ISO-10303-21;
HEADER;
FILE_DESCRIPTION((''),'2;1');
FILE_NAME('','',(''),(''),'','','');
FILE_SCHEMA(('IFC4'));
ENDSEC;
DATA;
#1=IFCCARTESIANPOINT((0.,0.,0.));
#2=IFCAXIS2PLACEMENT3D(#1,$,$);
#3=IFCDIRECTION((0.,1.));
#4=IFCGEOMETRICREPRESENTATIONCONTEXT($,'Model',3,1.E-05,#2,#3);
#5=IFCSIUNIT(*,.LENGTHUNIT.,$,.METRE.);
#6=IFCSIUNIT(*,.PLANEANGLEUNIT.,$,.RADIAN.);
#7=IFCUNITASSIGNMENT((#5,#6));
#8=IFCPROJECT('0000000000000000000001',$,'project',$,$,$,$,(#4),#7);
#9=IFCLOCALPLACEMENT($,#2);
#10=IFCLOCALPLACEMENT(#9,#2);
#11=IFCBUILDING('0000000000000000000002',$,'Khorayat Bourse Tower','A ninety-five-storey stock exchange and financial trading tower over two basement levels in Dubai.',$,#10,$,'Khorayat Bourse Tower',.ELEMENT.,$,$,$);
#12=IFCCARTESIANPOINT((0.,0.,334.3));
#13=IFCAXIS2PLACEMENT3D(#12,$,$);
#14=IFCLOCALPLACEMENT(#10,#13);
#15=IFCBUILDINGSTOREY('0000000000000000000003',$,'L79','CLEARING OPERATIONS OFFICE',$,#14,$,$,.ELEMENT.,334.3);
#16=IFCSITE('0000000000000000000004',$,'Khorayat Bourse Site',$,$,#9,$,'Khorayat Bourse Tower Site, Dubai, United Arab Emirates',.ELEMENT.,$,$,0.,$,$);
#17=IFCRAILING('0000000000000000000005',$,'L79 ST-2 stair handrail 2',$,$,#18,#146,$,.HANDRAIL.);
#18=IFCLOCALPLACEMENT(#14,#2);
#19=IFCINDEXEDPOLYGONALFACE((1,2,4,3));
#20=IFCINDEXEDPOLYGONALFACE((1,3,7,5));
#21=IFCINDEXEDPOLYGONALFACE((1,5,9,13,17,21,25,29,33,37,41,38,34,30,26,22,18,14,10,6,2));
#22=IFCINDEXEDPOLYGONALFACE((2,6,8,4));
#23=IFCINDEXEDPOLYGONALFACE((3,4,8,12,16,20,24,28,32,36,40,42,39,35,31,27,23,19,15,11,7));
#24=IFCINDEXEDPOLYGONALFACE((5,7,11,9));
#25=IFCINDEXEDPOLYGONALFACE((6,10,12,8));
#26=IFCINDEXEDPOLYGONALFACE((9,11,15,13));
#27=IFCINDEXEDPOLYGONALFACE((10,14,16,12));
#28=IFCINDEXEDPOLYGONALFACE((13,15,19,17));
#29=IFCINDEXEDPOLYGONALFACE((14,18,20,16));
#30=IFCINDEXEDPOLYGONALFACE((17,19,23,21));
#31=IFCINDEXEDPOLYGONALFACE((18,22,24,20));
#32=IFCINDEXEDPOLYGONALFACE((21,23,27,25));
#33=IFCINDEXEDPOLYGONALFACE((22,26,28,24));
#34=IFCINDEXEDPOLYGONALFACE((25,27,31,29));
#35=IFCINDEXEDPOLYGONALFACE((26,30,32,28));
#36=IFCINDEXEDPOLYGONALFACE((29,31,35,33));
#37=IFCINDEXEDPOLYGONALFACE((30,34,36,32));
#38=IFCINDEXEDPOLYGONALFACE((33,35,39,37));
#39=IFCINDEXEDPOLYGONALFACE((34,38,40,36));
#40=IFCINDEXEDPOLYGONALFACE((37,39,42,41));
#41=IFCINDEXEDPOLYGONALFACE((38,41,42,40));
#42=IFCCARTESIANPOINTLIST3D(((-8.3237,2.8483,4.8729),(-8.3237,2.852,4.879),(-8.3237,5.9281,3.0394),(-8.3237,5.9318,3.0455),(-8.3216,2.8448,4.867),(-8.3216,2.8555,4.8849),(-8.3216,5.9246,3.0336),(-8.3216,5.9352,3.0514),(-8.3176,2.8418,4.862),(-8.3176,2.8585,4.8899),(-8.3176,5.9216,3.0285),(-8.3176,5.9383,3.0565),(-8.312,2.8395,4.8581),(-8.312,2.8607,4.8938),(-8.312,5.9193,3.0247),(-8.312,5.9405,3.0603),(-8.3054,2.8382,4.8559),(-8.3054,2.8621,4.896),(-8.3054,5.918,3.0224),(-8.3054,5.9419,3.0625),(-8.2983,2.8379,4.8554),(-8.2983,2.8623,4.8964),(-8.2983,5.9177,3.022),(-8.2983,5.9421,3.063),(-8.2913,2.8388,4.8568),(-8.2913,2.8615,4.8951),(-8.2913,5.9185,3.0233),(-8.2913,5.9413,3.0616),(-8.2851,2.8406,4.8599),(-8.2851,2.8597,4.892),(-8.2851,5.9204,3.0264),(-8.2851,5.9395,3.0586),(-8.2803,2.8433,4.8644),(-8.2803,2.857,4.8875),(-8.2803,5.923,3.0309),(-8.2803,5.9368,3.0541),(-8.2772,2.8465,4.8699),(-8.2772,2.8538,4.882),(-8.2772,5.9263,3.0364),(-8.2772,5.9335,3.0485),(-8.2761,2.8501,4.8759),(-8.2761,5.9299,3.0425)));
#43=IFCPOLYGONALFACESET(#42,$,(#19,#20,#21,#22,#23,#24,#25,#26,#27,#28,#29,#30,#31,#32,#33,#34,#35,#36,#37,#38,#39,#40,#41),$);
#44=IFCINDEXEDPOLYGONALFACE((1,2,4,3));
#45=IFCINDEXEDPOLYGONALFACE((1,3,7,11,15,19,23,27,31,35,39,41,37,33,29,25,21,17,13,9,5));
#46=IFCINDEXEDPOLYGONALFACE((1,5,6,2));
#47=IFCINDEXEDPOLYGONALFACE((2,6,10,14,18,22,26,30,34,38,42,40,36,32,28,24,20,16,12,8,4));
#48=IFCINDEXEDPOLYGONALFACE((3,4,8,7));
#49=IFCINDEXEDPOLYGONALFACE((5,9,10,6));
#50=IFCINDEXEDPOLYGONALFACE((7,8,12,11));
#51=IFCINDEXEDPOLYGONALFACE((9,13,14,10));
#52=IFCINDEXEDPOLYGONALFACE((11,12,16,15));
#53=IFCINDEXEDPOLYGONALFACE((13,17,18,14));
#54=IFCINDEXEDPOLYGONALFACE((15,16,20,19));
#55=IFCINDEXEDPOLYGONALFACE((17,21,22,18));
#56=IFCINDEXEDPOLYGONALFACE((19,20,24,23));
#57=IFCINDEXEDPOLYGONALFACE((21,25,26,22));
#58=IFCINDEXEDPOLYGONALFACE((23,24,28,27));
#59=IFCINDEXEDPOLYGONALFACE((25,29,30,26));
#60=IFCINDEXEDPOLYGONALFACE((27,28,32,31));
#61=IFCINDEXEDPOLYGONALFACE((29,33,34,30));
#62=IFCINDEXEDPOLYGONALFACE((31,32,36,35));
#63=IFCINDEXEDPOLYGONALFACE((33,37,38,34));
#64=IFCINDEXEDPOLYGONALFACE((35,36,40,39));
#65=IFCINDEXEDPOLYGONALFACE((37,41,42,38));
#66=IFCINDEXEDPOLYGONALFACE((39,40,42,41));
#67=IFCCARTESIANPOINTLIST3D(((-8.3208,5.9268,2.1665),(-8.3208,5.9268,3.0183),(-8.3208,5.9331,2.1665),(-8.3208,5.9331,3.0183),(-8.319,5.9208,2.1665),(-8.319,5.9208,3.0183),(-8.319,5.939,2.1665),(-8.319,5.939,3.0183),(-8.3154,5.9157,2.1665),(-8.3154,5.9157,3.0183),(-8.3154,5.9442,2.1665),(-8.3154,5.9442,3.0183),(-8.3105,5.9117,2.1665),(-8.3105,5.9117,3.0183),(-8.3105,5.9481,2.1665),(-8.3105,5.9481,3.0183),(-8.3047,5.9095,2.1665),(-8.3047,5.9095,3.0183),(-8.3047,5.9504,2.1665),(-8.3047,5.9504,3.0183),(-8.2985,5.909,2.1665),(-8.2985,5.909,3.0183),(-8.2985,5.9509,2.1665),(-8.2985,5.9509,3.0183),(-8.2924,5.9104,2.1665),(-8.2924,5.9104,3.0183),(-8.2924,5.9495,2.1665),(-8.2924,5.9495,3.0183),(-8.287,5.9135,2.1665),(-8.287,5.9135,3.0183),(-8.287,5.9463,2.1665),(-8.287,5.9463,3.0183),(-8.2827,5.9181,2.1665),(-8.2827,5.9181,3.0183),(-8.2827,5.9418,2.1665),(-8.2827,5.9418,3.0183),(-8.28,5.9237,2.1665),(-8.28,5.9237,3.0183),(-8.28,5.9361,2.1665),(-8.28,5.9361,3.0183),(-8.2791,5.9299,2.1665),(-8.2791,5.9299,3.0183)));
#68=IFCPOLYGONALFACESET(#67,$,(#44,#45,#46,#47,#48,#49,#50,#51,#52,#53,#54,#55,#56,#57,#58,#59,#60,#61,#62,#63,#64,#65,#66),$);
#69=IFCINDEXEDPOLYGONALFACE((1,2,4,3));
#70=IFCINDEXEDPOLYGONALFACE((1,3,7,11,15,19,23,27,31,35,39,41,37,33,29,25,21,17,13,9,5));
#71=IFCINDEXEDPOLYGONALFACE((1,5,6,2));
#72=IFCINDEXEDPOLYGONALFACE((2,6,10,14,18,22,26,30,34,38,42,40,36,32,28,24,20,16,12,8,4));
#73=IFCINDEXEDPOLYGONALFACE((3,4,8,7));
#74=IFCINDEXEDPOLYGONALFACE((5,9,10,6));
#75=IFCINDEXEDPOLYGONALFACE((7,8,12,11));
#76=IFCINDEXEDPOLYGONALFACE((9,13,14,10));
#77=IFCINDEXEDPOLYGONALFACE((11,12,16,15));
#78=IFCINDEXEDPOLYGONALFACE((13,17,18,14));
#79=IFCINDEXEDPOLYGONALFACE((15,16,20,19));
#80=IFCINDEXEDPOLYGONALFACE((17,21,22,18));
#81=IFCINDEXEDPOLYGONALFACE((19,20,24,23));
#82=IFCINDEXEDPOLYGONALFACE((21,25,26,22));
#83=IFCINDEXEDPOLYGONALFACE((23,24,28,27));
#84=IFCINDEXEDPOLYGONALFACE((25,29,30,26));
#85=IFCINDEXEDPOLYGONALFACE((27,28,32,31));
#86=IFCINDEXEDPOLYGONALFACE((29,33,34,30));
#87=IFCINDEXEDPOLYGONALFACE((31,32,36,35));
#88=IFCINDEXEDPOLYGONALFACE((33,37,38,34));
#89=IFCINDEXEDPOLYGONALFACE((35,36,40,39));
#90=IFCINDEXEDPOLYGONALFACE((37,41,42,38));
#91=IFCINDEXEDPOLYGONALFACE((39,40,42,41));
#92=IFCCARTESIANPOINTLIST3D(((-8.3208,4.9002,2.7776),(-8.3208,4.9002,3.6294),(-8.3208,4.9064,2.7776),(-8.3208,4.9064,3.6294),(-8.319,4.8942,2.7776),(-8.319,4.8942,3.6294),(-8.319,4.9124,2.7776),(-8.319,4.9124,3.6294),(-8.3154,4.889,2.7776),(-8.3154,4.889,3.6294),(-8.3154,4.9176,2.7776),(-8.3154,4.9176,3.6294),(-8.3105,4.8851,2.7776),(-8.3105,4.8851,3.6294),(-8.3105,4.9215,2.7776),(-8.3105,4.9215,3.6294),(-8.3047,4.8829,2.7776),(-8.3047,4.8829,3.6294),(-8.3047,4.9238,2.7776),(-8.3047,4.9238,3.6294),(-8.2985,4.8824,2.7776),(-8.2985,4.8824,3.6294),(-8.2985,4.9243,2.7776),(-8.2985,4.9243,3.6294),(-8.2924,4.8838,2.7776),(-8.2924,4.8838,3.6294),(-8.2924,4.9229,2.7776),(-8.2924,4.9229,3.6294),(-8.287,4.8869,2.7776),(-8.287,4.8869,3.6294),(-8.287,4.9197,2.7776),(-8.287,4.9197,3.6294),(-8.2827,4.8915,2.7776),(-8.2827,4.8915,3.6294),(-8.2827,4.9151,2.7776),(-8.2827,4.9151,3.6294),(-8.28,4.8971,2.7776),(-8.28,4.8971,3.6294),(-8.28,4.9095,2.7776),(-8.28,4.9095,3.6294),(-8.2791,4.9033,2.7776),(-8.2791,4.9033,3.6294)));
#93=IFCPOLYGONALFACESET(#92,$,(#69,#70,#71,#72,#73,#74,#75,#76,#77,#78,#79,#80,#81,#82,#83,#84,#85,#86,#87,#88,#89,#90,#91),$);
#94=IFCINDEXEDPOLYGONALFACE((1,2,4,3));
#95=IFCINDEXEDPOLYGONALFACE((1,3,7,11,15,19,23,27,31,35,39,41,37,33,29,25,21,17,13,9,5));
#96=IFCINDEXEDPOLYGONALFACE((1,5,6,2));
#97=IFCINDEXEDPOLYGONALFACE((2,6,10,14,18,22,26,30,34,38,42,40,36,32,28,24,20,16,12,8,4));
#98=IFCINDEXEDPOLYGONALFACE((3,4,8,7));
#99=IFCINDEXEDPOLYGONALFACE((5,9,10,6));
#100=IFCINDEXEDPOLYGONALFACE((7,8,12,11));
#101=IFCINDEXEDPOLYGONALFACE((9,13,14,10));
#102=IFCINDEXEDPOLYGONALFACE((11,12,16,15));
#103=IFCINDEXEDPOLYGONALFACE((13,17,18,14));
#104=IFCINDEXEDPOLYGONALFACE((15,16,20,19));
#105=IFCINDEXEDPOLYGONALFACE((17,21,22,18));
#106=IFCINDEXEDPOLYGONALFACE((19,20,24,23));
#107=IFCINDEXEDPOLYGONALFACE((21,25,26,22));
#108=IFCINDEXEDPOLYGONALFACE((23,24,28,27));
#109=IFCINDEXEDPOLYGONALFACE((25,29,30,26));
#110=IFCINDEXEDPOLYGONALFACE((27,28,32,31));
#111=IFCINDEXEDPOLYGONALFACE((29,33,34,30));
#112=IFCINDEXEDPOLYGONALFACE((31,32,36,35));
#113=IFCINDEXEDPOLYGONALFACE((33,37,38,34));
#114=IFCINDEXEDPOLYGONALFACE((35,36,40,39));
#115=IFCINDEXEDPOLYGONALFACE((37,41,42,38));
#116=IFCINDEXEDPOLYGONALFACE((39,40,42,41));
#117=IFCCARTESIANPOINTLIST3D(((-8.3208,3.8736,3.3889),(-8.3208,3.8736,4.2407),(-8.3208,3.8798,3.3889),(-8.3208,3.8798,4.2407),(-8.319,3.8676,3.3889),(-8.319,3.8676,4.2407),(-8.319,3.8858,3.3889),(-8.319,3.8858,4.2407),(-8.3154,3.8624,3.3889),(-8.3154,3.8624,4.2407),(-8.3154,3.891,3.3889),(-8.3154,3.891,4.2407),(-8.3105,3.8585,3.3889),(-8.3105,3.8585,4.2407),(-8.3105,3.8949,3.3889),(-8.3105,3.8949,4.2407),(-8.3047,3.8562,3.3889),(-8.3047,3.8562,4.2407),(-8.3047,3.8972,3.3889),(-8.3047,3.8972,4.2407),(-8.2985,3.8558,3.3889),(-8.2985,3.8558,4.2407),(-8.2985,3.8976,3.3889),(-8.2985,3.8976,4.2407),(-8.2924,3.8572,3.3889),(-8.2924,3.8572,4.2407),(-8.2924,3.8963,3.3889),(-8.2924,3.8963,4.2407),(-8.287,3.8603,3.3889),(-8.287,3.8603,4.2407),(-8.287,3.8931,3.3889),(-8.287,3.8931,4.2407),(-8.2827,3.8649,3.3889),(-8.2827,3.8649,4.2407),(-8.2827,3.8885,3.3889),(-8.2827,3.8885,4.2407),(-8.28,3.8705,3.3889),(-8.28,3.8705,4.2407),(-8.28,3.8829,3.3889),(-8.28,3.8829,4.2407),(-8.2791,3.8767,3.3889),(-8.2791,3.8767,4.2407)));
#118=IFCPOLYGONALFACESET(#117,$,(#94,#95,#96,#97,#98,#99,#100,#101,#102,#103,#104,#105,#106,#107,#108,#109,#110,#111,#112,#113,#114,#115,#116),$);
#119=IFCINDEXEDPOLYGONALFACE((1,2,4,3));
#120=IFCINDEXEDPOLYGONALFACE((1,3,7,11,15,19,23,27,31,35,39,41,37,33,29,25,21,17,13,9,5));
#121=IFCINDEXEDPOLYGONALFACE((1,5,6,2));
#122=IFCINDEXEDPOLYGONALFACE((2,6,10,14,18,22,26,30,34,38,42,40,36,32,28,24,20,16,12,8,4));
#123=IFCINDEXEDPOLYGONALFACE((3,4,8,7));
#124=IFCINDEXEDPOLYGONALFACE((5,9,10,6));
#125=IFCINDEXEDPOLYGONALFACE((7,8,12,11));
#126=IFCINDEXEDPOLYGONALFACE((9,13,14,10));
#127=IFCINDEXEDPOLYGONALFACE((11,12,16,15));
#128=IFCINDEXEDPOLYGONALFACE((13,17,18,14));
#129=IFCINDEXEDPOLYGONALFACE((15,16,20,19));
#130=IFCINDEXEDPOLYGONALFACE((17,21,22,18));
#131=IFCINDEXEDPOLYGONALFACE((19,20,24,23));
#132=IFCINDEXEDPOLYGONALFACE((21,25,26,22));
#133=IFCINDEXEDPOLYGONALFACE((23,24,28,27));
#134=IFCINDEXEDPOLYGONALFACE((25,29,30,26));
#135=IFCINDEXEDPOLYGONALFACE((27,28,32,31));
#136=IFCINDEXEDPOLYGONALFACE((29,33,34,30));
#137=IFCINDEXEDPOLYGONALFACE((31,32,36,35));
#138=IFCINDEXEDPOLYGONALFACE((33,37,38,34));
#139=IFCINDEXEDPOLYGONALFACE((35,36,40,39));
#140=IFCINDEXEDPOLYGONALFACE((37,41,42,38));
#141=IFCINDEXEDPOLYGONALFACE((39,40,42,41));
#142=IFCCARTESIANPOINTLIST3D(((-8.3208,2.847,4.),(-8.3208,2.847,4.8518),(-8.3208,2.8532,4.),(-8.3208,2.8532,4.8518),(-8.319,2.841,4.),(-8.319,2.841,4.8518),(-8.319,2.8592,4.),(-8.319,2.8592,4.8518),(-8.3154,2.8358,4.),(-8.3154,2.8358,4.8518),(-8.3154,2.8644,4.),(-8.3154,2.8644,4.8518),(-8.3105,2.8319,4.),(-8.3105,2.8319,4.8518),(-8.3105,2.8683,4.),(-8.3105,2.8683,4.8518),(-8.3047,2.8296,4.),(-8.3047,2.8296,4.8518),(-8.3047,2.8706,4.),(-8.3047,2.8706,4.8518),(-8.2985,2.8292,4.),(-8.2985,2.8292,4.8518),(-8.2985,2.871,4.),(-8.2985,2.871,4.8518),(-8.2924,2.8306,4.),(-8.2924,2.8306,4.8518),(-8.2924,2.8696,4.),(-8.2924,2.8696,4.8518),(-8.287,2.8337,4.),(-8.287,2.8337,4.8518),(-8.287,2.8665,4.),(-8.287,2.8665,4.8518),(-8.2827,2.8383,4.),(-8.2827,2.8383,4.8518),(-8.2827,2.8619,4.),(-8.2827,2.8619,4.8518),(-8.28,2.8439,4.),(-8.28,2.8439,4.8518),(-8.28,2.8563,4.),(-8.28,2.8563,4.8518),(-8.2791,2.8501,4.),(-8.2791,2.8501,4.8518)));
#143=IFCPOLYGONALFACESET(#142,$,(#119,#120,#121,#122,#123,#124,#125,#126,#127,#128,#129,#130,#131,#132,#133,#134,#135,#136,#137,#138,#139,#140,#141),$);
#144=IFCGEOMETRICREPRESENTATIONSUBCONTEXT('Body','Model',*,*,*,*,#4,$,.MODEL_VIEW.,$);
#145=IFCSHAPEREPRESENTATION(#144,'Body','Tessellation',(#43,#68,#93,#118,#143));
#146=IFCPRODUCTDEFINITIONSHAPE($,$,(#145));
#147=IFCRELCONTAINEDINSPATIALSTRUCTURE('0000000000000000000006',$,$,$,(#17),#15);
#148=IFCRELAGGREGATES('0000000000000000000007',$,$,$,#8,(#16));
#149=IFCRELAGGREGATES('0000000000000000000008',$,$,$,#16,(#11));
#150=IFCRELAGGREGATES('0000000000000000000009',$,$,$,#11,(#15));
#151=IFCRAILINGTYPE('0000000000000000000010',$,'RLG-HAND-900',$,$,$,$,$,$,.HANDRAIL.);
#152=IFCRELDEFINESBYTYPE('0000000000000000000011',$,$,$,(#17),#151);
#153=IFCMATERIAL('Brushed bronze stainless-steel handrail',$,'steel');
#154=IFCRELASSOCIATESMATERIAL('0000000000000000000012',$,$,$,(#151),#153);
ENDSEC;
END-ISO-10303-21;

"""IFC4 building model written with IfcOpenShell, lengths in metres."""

from ifc_helpers import new_model, si_unit, direction, frame, origin, origin_2d, place, context, subcontext, project, spatial, circle, extrude, source, transform, mapped, material, type_object, element, save


model = new_model("IFC4")

# Units and contexts
model_context = context("Model", 3, precision=1e-05, world=origin(), true_north=direction((0.0, 1.0)))
body_context = subcontext(model_context, "Body", "Model", "MODEL_VIEW")
ifc_project = project(units=[si_unit("LENGTHUNIT", "METRE"), si_unit("PLANEANGLEUNIT", "RADIAN")], contexts=[model_context])

# Site, building, storey
site_placement = place(None, origin())
site = spatial("IfcSite", under=ifc_project, at=site_placement, Name="Khorayat Bourse Site", LongName="Khorayat Bourse Tower Site, Dubai, United Arab Emirates", CompositionType="ELEMENT", RefElevation=0.0)
building_placement = place(site_placement, origin())
building = spatial("IfcBuilding", under=site, at=building_placement, Name="Khorayat Bourse Tower", Description="A ninety-five-storey stock exchange and financial trading tower over two basement levels in Dubai.", LongName="Khorayat Bourse Tower", CompositionType="ELEMENT")
storey_placement = place(building_placement, frame((0.0, 0.0, 334.3)))
storey = spatial("IfcBuildingStorey", under=building, at=storey_placement, Name="L79", Description="CLEARING OPERATIONS OFFICE", CompositionType="ELEMENT", Elevation=334.3)

# Railing
ifc_material_1 = material(Name="Brushed bronze stainless-steel handrail", Category="steel")
railing_type_1 = type_object("IfcRailingType", Name="RLG-HAND-900", PredefinedType="HANDRAIL", material=ifc_material_1)
shared_shape_1 = source(origin(), body_context, "Body", "SweptSolid", [
    extrude(circle(Radius=0.0239, at=origin_2d()), frame((0.0, 0.0, 0.876), z_axis=(0.0, -0.859261, 0.511538), x_axis=(1.0, 0.0, 0.0)), (0.0, 0.0, 1.0), 3.5842),
    extrude(circle(Radius=0.021, at=origin_2d()), origin(), (0.0, 0.0, 1.0), 0.8518),
    extrude(circle(Radius=0.021, at=origin_2d()), frame((0.0, -1.0266, 0.6111)), (0.0, 0.0, 1.0), 0.8518),
    extrude(circle(Radius=0.021, at=origin_2d()), frame((0.0, -2.0532, 1.2224)), (0.0, 0.0, 1.0), 0.8518),
    extrude(circle(Radius=0.021, at=origin_2d()), frame((0.0, -3.0798, 1.8335)), (0.0, 0.0, 1.0), 0.8518),
])
railing_1_placement = place(storey_placement, frame((-8.3, 5.9299, 2.1665)))
element("IfcRailing", 1, at=railing_1_placement, inside=storey, type_object=railing_type_1, Name="L79 ST-2 stair handrail 2", PredefinedType="HANDRAIL", context=body_context, shape_type="MappedRepresentation", body=[
    mapped(shared_shape_1, transform((0.0, 0.0, 0.0), scale=1.0)),
])

save(model, "model.ifc")
